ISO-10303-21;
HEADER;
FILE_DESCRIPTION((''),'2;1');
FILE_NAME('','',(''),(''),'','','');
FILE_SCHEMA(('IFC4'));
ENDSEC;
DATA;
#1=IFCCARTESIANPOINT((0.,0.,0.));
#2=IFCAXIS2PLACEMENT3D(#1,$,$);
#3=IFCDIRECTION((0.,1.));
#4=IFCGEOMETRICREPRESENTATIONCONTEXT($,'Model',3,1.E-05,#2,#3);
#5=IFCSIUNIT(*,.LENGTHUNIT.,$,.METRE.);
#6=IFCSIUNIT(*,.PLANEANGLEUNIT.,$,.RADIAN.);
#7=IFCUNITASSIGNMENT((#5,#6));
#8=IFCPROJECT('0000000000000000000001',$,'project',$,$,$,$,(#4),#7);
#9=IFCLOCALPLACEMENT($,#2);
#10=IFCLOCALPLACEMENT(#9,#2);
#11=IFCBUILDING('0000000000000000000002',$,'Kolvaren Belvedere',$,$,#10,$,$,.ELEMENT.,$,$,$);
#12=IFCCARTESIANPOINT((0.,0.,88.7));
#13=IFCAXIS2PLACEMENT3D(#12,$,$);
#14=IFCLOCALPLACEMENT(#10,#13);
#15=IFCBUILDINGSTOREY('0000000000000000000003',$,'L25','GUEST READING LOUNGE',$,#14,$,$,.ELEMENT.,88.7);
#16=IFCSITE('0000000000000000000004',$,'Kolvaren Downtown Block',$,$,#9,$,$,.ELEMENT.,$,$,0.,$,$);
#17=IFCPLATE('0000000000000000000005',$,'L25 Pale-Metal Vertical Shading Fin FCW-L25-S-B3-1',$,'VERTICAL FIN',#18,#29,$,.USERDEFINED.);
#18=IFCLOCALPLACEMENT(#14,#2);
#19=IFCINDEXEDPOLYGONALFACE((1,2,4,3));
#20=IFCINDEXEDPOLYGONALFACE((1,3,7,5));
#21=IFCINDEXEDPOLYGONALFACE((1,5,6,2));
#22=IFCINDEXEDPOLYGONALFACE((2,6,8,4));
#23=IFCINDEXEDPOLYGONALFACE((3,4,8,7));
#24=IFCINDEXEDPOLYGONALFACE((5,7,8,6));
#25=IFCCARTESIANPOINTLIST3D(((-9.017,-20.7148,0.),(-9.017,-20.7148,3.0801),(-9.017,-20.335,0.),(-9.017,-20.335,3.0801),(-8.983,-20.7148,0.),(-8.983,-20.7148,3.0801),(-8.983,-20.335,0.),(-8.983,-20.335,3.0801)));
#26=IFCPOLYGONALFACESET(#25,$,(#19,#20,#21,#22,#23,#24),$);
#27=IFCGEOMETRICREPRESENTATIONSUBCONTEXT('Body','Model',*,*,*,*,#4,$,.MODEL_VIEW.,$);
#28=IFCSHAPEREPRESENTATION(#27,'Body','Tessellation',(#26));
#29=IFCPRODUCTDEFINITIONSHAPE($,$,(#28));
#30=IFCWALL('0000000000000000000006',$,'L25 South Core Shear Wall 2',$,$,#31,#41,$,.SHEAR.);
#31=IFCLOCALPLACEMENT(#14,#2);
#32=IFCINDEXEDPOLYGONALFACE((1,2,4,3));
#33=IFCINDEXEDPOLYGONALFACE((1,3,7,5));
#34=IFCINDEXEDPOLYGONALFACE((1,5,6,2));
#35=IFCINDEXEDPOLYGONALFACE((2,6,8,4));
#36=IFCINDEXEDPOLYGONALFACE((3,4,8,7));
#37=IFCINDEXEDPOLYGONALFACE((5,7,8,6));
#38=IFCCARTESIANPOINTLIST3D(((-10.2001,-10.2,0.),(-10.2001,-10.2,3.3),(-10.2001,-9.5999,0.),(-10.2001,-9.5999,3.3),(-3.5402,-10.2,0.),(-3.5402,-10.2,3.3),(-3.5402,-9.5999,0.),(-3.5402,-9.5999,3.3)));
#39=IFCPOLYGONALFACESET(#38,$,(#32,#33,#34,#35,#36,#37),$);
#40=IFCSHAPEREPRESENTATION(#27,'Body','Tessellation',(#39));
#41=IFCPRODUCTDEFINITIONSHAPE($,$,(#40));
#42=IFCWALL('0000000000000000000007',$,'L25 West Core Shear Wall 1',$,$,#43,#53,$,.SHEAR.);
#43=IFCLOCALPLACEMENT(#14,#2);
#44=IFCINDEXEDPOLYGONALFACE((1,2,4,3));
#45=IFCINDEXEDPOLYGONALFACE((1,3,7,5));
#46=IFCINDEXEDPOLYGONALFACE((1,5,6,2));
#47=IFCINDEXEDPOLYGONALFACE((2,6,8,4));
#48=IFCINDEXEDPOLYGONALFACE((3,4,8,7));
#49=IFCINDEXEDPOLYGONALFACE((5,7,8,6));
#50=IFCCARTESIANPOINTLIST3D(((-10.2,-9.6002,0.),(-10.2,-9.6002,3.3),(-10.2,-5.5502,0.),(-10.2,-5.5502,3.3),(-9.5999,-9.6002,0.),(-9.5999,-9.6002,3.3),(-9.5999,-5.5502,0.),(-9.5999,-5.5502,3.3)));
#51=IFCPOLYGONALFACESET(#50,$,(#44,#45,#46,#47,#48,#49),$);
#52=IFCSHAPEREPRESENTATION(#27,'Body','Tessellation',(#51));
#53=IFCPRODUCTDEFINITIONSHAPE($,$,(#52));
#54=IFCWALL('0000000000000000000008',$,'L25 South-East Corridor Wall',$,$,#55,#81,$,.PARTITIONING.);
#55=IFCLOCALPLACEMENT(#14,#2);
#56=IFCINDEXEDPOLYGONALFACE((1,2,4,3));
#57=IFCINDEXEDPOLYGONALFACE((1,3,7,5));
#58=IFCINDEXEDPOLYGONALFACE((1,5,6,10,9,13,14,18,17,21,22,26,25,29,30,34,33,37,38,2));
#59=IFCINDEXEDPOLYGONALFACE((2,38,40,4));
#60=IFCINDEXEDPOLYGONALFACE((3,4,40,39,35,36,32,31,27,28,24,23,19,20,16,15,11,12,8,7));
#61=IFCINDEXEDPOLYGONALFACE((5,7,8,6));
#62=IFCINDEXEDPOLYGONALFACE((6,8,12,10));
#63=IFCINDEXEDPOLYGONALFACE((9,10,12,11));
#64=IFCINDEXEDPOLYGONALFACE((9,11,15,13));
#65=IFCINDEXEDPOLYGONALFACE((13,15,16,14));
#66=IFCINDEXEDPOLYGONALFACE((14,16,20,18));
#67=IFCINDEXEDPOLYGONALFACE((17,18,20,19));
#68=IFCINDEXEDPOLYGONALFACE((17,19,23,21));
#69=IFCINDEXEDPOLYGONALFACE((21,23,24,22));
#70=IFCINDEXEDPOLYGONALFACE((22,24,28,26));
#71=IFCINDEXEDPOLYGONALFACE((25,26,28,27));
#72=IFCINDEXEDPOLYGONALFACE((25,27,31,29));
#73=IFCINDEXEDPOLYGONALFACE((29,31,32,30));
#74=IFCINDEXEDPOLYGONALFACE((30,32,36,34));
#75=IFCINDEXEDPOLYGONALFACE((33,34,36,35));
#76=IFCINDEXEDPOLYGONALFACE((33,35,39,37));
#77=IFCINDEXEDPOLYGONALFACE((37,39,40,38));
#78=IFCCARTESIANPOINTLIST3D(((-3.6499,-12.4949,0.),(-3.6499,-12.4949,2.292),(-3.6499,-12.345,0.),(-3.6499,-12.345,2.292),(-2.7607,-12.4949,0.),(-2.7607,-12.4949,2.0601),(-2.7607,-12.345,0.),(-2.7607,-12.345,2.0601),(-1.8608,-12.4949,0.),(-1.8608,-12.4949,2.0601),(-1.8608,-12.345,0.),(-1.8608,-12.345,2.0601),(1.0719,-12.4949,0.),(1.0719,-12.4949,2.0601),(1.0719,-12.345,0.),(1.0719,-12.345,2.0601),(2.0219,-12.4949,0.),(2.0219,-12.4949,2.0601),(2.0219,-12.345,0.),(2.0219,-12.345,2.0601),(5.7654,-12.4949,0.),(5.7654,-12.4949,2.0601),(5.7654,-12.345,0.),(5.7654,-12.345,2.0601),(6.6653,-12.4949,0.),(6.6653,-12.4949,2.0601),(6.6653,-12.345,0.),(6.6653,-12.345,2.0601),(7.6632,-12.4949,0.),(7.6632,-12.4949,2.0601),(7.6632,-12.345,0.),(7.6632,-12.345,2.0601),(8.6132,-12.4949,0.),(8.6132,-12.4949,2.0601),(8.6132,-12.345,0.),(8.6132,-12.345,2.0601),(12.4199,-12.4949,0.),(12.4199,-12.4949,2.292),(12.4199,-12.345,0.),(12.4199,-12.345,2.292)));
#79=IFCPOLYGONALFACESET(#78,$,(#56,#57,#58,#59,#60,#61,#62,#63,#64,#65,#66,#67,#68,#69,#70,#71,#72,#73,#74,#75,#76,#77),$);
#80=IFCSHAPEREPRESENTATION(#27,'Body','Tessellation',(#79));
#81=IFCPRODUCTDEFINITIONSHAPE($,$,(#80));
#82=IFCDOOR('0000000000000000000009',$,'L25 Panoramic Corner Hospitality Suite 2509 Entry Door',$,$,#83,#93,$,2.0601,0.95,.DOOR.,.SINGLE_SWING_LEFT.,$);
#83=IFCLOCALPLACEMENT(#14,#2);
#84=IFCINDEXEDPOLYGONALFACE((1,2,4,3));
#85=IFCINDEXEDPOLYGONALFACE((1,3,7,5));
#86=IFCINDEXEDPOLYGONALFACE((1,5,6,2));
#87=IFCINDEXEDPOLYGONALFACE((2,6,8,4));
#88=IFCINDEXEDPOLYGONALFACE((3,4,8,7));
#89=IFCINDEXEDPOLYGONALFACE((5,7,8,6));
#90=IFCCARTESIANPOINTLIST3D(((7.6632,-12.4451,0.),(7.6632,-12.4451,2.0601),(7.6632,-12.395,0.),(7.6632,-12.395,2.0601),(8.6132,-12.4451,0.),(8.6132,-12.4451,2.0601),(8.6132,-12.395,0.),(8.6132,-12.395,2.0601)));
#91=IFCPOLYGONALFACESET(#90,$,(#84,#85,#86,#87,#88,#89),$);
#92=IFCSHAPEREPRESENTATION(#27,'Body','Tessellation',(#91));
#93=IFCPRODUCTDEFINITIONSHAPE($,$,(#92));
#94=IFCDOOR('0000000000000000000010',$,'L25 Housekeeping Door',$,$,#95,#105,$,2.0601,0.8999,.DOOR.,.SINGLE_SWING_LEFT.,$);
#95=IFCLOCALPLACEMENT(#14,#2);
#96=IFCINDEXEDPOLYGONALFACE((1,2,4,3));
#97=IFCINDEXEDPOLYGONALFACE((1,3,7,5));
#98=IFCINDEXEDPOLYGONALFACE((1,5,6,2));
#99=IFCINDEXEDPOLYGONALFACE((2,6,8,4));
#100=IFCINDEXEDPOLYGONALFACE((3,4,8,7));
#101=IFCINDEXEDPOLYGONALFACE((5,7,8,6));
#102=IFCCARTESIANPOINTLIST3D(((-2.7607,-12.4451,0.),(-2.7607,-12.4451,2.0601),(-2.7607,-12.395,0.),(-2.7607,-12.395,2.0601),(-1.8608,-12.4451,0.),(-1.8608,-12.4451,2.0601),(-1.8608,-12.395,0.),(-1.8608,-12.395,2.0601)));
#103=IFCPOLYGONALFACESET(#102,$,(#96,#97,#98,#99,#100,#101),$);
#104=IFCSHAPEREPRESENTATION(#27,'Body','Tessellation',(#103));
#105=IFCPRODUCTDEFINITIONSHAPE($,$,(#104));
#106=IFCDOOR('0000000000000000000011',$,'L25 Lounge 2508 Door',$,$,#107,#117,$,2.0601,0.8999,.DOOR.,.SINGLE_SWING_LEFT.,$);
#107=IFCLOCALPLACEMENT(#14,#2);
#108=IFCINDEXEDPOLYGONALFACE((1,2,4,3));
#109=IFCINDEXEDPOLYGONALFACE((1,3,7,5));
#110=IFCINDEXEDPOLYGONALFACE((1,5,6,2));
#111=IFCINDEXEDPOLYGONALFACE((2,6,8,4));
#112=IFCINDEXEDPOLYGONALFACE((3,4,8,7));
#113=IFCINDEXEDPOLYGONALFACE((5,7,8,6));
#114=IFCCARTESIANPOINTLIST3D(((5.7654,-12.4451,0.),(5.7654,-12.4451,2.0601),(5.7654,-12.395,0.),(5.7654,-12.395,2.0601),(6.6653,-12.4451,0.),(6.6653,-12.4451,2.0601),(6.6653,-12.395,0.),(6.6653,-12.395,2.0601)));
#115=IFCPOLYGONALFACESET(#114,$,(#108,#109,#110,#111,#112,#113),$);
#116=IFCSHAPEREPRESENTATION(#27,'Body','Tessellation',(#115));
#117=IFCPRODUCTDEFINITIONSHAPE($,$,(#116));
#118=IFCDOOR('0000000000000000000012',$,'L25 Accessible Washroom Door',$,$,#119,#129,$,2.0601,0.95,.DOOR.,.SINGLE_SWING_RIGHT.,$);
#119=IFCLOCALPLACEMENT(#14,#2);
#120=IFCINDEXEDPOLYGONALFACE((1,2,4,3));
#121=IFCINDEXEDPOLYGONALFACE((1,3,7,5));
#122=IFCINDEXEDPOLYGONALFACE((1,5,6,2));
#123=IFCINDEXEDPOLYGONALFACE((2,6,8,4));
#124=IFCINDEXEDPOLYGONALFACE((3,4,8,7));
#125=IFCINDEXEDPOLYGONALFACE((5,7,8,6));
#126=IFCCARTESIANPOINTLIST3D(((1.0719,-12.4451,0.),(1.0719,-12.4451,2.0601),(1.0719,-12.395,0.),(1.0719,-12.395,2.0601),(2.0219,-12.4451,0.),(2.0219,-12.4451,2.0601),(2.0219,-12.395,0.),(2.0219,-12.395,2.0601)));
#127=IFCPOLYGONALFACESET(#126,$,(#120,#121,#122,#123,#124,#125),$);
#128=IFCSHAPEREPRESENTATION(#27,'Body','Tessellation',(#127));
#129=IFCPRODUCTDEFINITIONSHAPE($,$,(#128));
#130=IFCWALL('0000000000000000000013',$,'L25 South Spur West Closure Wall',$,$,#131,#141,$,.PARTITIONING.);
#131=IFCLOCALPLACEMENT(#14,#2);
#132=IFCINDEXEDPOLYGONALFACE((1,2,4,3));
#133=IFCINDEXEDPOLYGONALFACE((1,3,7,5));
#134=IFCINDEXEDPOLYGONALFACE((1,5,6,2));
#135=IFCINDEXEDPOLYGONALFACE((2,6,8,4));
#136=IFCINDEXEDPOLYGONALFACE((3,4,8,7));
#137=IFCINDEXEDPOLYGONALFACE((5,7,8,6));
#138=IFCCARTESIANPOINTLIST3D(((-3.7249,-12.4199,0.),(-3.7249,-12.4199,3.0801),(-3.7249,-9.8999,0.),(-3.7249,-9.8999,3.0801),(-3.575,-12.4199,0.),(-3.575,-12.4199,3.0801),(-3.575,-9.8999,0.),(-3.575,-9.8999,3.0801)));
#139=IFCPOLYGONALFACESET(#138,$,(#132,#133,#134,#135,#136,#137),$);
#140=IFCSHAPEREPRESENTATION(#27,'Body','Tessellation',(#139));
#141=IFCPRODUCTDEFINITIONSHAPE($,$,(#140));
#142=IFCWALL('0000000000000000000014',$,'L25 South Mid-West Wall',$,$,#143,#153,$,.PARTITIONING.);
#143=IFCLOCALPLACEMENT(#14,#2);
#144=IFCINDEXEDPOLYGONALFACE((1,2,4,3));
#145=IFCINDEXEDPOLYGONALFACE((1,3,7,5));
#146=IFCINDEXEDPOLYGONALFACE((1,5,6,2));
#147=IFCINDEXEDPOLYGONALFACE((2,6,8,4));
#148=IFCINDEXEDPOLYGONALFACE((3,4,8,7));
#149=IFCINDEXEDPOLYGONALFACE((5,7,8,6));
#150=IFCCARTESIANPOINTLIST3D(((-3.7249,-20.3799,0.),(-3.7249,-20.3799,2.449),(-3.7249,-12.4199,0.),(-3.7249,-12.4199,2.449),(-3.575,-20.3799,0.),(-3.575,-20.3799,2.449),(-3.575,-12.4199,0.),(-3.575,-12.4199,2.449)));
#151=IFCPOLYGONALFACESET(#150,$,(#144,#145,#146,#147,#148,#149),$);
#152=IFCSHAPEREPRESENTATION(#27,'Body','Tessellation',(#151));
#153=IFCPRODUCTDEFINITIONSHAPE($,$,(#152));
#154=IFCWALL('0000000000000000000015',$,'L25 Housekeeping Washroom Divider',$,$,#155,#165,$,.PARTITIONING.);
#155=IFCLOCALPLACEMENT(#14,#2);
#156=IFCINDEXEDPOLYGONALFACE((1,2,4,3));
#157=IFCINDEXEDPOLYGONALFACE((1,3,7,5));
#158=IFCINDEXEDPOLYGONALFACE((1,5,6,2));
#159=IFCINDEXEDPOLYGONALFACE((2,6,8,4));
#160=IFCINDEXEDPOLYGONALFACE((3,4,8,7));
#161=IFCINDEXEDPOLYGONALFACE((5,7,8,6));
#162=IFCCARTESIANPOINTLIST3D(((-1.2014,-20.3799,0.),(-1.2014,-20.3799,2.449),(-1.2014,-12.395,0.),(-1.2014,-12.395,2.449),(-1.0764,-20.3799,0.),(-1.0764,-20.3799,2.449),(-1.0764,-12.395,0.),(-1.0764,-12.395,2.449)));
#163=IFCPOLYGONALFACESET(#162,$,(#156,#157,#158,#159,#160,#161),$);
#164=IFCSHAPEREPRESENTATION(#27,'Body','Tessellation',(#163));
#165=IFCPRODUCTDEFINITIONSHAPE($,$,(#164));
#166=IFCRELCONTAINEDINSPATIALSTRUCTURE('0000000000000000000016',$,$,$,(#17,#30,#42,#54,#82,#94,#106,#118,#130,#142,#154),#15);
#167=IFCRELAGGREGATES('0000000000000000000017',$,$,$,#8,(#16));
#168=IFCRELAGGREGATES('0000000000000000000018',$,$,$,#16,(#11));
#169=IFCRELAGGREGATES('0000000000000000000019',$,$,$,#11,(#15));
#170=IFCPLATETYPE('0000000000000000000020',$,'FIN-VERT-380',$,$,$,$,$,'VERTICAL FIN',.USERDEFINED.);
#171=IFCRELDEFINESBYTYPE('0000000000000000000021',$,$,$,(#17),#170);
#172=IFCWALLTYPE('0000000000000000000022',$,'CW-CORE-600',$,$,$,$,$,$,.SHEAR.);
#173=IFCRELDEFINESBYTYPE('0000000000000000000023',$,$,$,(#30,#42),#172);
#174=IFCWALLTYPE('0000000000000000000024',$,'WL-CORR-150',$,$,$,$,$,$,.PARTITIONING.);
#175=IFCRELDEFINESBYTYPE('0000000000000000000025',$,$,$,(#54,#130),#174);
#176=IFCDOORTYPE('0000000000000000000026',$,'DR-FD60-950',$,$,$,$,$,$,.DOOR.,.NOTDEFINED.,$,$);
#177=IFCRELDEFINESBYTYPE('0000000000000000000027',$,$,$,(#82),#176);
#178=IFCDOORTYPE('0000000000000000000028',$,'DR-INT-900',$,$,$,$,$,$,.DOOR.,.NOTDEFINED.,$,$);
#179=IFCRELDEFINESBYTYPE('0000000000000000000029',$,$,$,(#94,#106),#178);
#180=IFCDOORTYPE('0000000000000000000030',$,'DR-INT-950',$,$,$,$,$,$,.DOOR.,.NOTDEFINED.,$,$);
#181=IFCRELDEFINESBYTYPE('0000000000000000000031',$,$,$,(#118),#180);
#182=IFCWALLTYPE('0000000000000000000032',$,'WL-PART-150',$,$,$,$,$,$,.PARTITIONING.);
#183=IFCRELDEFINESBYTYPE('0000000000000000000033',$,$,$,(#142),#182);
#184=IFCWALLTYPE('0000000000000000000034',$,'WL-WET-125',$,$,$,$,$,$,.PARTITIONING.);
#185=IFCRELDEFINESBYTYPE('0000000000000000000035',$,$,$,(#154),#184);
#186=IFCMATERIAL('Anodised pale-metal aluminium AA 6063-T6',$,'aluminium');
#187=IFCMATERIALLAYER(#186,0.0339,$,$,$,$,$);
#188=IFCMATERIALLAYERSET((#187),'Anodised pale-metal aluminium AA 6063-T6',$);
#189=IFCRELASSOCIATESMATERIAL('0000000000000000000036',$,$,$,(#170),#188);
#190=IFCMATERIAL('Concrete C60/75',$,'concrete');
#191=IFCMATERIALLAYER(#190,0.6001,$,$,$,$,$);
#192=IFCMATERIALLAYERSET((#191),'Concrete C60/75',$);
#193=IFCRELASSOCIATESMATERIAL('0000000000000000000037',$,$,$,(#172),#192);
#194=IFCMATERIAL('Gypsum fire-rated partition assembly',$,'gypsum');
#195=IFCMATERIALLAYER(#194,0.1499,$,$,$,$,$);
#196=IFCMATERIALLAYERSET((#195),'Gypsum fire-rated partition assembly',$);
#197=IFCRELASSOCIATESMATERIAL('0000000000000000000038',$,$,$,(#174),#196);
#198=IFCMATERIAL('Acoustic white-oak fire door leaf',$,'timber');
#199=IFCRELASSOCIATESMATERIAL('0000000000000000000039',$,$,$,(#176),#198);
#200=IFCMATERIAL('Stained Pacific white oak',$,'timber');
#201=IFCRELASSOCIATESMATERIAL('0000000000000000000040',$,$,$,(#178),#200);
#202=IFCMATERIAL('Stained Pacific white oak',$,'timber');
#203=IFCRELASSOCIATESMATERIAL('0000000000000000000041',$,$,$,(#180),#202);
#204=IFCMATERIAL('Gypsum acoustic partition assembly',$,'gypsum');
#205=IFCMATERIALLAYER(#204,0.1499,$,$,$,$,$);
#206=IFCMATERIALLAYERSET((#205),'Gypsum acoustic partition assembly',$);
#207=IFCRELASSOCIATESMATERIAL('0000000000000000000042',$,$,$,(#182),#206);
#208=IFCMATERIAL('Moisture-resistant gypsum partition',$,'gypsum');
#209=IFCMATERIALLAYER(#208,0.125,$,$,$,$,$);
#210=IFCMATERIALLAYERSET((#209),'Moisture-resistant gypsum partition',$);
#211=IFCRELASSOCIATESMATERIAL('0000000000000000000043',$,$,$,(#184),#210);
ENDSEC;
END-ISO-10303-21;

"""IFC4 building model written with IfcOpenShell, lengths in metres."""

from ifc_helpers import new_model, si_unit, direction, frame, frame_2d, origin, origin_2d, place, context, subcontext, project, spatial, rectangle, extrude, material, layer, layer_set, type_object, element, fill, save


model = new_model("IFC4")

# Units and contexts
model_context = context("Model", 3, precision=1e-05, world=origin(), true_north=direction((0.0, 1.0)))
body_context = subcontext(model_context, "Body", "Model", "MODEL_VIEW")
ifc_project = project(units=[si_unit("LENGTHUNIT", "METRE"), si_unit("PLANEANGLEUNIT", "RADIAN")], contexts=[model_context])

# Site, building, storey
site_placement = place(None, origin())
site = spatial("IfcSite", under=ifc_project, at=site_placement, Name="Kolvaren Downtown Block", CompositionType="ELEMENT", RefElevation=0.0)
building_placement = place(site_placement, origin())
building = spatial("IfcBuilding", under=site, at=building_placement, Name="Kolvaren Belvedere", CompositionType="ELEMENT")
storey_placement = place(building_placement, frame((0.0, 0.0, 88.7)))
storey = spatial("IfcBuildingStorey", under=building, at=storey_placement, Name="L25", Description="GUEST READING LOUNGE", CompositionType="ELEMENT", Elevation=88.7)

# Plate
ifc_material_1 = material(Name="Anodised pale-metal aluminium AA 6063-T6", Category="aluminium")
ifc_layer_1 = layer(ifc_material_1, 0.0339)
ifc_layer_set_1 = layer_set([ifc_layer_1], Name="Anodised pale-metal aluminium AA 6063-T6")
plate_type_1 = type_object("IfcPlateType", Name="FIN-VERT-380", ElementType="VERTICAL FIN", PredefinedType="USERDEFINED", material=ifc_layer_set_1)
plate_1_placement = place(storey_placement, frame((-9.0, -20.5249, 0.0), z_axis=(0.0, 0.0, 1.0), x_axis=(0.0, 1.0, 0.0)))
element("IfcPlate", 1, at=plate_1_placement, inside=storey, type_object=plate_type_1, Name="L25 Pale-Metal Vertical Shading Fin FCW-L25-S-B3-1", ObjectType="VERTICAL FIN", PredefinedType="USERDEFINED", context=body_context, shape_type="SweptSolid", body=[
    extrude(rectangle(XDim=0.3799, YDim=0.0339, at=origin_2d()), origin(), (0.0, 0.0, 1.0), 3.0801),
])

# Walls
ifc_material_2 = material(Name="Concrete C60/75", Category="concrete")
ifc_layer_2 = layer(ifc_material_2, 0.6001)
ifc_layer_set_2 = layer_set([ifc_layer_2], Name="Concrete C60/75")
wall_type_1 = type_object("IfcWallType", Name="CW-CORE-600", PredefinedType="SHEAR", material=ifc_layer_set_2)
wall_1_placement = place(storey_placement, frame((-3.54, -9.8999, 0.0), z_axis=(0.0, 0.0, 1.0), x_axis=(-1.0, 0.0, 0.0)))
element("IfcWall", 2, at=wall_1_placement, inside=storey, type_object=wall_type_1, Name="L25 South Core Shear Wall 2", PredefinedType="SHEAR", context=body_context, shape_type="SweptSolid", body=[
    extrude(rectangle(XDim=6.6599, YDim=0.6001, at=frame_2d((3.3301, 0.0))), origin(), (0.0, 0.0, 1.0), 3.3),
])
wall_2_placement = place(storey_placement, frame((-9.8999, -9.6001, 0.0), z_axis=(0.0, 0.0, 1.0), x_axis=(0.0, 1.0, 0.0)))
element("IfcWall", 3, at=wall_2_placement, inside=storey, type_object=wall_type_1, Name="L25 West Core Shear Wall 1", PredefinedType="SHEAR", context=body_context, shape_type="SweptSolid", body=[
    extrude(rectangle(XDim=4.05, YDim=0.6001, at=frame_2d((2.0249, 0.0))), origin(), (0.0, 0.0, 1.0), 3.3),
])

# Wall, openings, doors
ifc_material_3 = material(Name="Gypsum fire-rated partition assembly", Category="gypsum")
ifc_layer_3 = layer(ifc_material_3, 0.1499)
ifc_layer_set_3 = layer_set([ifc_layer_3], Name="Gypsum fire-rated partition assembly")
wall_type_2 = type_object("IfcWallType", Name="WL-CORR-150", PredefinedType="PARTITIONING", material=ifc_layer_set_3)
wall_3_placement = place(storey_placement, frame((-3.6499, -12.4199, 0.0), z_axis=(0.0, 0.0, 1.0), x_axis=(1.0, 0.0, 0.0)))
wall_3 = element("IfcWall", 4, at=wall_3_placement, inside=storey, type_object=wall_type_2, Name="L25 South-East Corridor Wall", PredefinedType="PARTITIONING", context=body_context, shape_type="SweptSolid", body=[
    extrude(rectangle(XDim=16.0698, YDim=0.1499, at=frame_2d((8.0349, 0.0))), origin(), (0.0, 0.0, 1.0), 2.292),
])
opening_1_placement = place(wall_3_placement, frame((0.8892, 0.0, 0.0)))
opening_1 = element("IfcOpeningElement", 5, at=opening_1_placement, cuts=wall_3, PredefinedType="OPENING", context=body_context, shape_type="SweptSolid", body=[
    extrude(rectangle(XDim=0.8999, YDim=2.0601, at=frame_2d((0.45, 1.03))), frame((0.0, 0.085, 0.0), z_axis=(0.0, -1.0, 0.0), x_axis=(1.0, 0.0, 0.0)), (0.0, 0.0, 1.0), 0.1699),
])
opening_2_placement = place(wall_3_placement, frame((4.7217, 0.0, 0.0)))
opening_2 = element("IfcOpeningElement", 6, at=opening_2_placement, cuts=wall_3, PredefinedType="OPENING", context=body_context, shape_type="SweptSolid", body=[
    extrude(rectangle(XDim=0.95, YDim=2.0601, at=frame_2d((0.4751, 1.03))), frame((0.0, 0.085, 0.0), z_axis=(0.0, -1.0, 0.0), x_axis=(1.0, 0.0, 0.0)), (0.0, 0.0, 1.0), 0.1699),
])
opening_3_placement = place(wall_3_placement, frame((9.4153, 0.0, 0.0)))
opening_3 = element("IfcOpeningElement", 7, at=opening_3_placement, cuts=wall_3, PredefinedType="OPENING", context=body_context, shape_type="SweptSolid", body=[
    extrude(rectangle(XDim=0.8999, YDim=2.0601, at=frame_2d((0.45, 1.03))), frame((0.0, 0.085, 0.0), z_axis=(0.0, -1.0, 0.0), x_axis=(1.0, 0.0, 0.0)), (0.0, 0.0, 1.0), 0.1699),
])
opening_4_placement = place(wall_3_placement, frame((11.313, 0.0, 0.0)))
opening_4 = element("IfcOpeningElement", 8, at=opening_4_placement, cuts=wall_3, PredefinedType="OPENING", context=body_context, shape_type="SweptSolid", body=[
    extrude(rectangle(XDim=0.95, YDim=2.0601, at=frame_2d((0.4751, 1.03))), frame((0.0, 0.085, 0.0), z_axis=(0.0, -1.0, 0.0), x_axis=(1.0, 0.0, 0.0)), (0.0, 0.0, 1.0), 0.1699),
])
ifc_material_4 = material(Name="Acoustic white-oak fire door leaf", Category="timber")
door_type_1 = type_object("IfcDoorType", Name="DR-FD60-950", OperationType="NOTDEFINED", PredefinedType="DOOR", material=ifc_material_4)
door_1_placement = place(opening_4_placement, origin())
door_1 = element("IfcDoor", 9, at=door_1_placement, inside=storey, type_object=door_type_1, Name="L25 Panoramic Corner Hospitality Suite 2509 Entry Door", OperationType="SINGLE_SWING_LEFT", OverallHeight=2.0601, OverallWidth=0.95, PredefinedType="DOOR", context=body_context, shape_type="SweptSolid", body=[
    extrude(rectangle(XDim=0.95, YDim=2.0601, at=frame_2d((0.4751, 1.03))), frame((0.0, 0.0249, 0.0), z_axis=(0.0, -1.0, 0.0), x_axis=(1.0, 0.0, 0.0)), (0.0, 0.0, 1.0), 0.05),
])
fill(opening_4, door_1)
ifc_material_5 = material(Name="Stained Pacific white oak", Category="timber")
door_type_2 = type_object("IfcDoorType", Name="DR-INT-900", OperationType="NOTDEFINED", PredefinedType="DOOR", material=ifc_material_5)
door_2_placement = place(opening_1_placement, origin())
door_2 = element("IfcDoor", 10, at=door_2_placement, inside=storey, type_object=door_type_2, Name="L25 Housekeeping Door", OperationType="SINGLE_SWING_LEFT", OverallHeight=2.0601, OverallWidth=0.8999, PredefinedType="DOOR", context=body_context, shape_type="SweptSolid", body=[
    extrude(rectangle(XDim=0.8999, YDim=2.0601, at=frame_2d((0.45, 1.03))), frame((0.0, 0.0249, 0.0), z_axis=(0.0, -1.0, 0.0), x_axis=(1.0, 0.0, 0.0)), (0.0, 0.0, 1.0), 0.05),
])
fill(opening_1, door_2)
door_3_placement = place(opening_3_placement, origin())
door_3 = element("IfcDoor", 11, at=door_3_placement, inside=storey, type_object=door_type_2, Name="L25 Lounge 2508 Door", OperationType="SINGLE_SWING_LEFT", OverallHeight=2.0601, OverallWidth=0.8999, PredefinedType="DOOR", context=body_context, shape_type="SweptSolid", body=[
    extrude(rectangle(XDim=0.8999, YDim=2.0601, at=frame_2d((0.45, 1.03))), frame((0.0, 0.0249, 0.0), z_axis=(0.0, -1.0, 0.0), x_axis=(1.0, 0.0, 0.0)), (0.0, 0.0, 1.0), 0.05),
])
fill(opening_3, door_3)
ifc_material_6 = material(Name="Stained Pacific white oak", Category="timber")
door_type_3 = type_object("IfcDoorType", Name="DR-INT-950", OperationType="NOTDEFINED", PredefinedType="DOOR", material=ifc_material_6)
door_4_placement = place(opening_2_placement, origin())
door_4 = element("IfcDoor", 12, at=door_4_placement, inside=storey, type_object=door_type_3, Name="L25 Accessible Washroom Door", OperationType="SINGLE_SWING_RIGHT", OverallHeight=2.0601, OverallWidth=0.95, PredefinedType="DOOR", context=body_context, shape_type="SweptSolid", body=[
    extrude(rectangle(XDim=0.95, YDim=2.0601, at=frame_2d((0.4751, 1.03))), frame((0.0, 0.0249, 0.0), z_axis=(0.0, -1.0, 0.0), x_axis=(1.0, 0.0, 0.0)), (0.0, 0.0, 1.0), 0.05),
])
fill(opening_2, door_4)

# Walls
wall_4_placement = place(storey_placement, frame((-3.6499, -12.4199, 0.0), z_axis=(0.0, 0.0, 1.0), x_axis=(0.0, 1.0, 0.0)))
element("IfcWall", 13, at=wall_4_placement, inside=storey, type_object=wall_type_2, Name="L25 South Spur West Closure Wall", PredefinedType="PARTITIONING", context=body_context, shape_type="SweptSolid", body=[
    extrude(rectangle(XDim=2.52, YDim=0.1499, at=frame_2d((1.26, 0.0))), origin(), (0.0, 0.0, 1.0), 3.0801),
])
ifc_material_7 = material(Name="Gypsum acoustic partition assembly", Category="gypsum")
ifc_layer_4 = layer(ifc_material_7, 0.1499)
ifc_layer_set_4 = layer_set([ifc_layer_4], Name="Gypsum acoustic partition assembly")
wall_type_3 = type_object("IfcWallType", Name="WL-PART-150", PredefinedType="PARTITIONING", material=ifc_layer_set_4)
wall_5_placement = place(storey_placement, frame((-3.6499, -20.3799, 0.0), z_axis=(0.0, 0.0, 1.0), x_axis=(0.0, 1.0, 0.0)))
element("IfcWall", 14, at=wall_5_placement, inside=storey, type_object=wall_type_3, Name="L25 South Mid-West Wall", PredefinedType="PARTITIONING", context=body_context, shape_type="SweptSolid", body=[
    extrude(rectangle(XDim=7.96, YDim=0.1499, at=frame_2d((3.98, 0.0))), origin(), (0.0, 0.0, 1.0), 2.449),
])
ifc_material_8 = material(Name="Moisture-resistant gypsum partition", Category="gypsum")
ifc_layer_5 = layer(ifc_material_8, 0.125)
ifc_layer_set_5 = layer_set([ifc_layer_5], Name="Moisture-resistant gypsum partition")
wall_type_4 = type_object("IfcWallType", Name="WL-WET-125", PredefinedType="PARTITIONING", material=ifc_layer_set_5)
wall_6_placement = place(storey_placement, frame((-1.1389, -20.3799, 0.0), z_axis=(0.0, 0.0, 1.0), x_axis=(0.0, 1.0, 0.0)))
element("IfcWall", 15, at=wall_6_placement, inside=storey, type_object=wall_type_4, Name="L25 Housekeeping Washroom Divider", PredefinedType="PARTITIONING", context=body_context, shape_type="SweptSolid", body=[
    extrude(rectangle(XDim=7.9849, YDim=0.125, at=frame_2d((3.9924, 0.0))), origin(), (0.0, 0.0, 1.0), 2.449),
])

save(model, "model.ifc")
